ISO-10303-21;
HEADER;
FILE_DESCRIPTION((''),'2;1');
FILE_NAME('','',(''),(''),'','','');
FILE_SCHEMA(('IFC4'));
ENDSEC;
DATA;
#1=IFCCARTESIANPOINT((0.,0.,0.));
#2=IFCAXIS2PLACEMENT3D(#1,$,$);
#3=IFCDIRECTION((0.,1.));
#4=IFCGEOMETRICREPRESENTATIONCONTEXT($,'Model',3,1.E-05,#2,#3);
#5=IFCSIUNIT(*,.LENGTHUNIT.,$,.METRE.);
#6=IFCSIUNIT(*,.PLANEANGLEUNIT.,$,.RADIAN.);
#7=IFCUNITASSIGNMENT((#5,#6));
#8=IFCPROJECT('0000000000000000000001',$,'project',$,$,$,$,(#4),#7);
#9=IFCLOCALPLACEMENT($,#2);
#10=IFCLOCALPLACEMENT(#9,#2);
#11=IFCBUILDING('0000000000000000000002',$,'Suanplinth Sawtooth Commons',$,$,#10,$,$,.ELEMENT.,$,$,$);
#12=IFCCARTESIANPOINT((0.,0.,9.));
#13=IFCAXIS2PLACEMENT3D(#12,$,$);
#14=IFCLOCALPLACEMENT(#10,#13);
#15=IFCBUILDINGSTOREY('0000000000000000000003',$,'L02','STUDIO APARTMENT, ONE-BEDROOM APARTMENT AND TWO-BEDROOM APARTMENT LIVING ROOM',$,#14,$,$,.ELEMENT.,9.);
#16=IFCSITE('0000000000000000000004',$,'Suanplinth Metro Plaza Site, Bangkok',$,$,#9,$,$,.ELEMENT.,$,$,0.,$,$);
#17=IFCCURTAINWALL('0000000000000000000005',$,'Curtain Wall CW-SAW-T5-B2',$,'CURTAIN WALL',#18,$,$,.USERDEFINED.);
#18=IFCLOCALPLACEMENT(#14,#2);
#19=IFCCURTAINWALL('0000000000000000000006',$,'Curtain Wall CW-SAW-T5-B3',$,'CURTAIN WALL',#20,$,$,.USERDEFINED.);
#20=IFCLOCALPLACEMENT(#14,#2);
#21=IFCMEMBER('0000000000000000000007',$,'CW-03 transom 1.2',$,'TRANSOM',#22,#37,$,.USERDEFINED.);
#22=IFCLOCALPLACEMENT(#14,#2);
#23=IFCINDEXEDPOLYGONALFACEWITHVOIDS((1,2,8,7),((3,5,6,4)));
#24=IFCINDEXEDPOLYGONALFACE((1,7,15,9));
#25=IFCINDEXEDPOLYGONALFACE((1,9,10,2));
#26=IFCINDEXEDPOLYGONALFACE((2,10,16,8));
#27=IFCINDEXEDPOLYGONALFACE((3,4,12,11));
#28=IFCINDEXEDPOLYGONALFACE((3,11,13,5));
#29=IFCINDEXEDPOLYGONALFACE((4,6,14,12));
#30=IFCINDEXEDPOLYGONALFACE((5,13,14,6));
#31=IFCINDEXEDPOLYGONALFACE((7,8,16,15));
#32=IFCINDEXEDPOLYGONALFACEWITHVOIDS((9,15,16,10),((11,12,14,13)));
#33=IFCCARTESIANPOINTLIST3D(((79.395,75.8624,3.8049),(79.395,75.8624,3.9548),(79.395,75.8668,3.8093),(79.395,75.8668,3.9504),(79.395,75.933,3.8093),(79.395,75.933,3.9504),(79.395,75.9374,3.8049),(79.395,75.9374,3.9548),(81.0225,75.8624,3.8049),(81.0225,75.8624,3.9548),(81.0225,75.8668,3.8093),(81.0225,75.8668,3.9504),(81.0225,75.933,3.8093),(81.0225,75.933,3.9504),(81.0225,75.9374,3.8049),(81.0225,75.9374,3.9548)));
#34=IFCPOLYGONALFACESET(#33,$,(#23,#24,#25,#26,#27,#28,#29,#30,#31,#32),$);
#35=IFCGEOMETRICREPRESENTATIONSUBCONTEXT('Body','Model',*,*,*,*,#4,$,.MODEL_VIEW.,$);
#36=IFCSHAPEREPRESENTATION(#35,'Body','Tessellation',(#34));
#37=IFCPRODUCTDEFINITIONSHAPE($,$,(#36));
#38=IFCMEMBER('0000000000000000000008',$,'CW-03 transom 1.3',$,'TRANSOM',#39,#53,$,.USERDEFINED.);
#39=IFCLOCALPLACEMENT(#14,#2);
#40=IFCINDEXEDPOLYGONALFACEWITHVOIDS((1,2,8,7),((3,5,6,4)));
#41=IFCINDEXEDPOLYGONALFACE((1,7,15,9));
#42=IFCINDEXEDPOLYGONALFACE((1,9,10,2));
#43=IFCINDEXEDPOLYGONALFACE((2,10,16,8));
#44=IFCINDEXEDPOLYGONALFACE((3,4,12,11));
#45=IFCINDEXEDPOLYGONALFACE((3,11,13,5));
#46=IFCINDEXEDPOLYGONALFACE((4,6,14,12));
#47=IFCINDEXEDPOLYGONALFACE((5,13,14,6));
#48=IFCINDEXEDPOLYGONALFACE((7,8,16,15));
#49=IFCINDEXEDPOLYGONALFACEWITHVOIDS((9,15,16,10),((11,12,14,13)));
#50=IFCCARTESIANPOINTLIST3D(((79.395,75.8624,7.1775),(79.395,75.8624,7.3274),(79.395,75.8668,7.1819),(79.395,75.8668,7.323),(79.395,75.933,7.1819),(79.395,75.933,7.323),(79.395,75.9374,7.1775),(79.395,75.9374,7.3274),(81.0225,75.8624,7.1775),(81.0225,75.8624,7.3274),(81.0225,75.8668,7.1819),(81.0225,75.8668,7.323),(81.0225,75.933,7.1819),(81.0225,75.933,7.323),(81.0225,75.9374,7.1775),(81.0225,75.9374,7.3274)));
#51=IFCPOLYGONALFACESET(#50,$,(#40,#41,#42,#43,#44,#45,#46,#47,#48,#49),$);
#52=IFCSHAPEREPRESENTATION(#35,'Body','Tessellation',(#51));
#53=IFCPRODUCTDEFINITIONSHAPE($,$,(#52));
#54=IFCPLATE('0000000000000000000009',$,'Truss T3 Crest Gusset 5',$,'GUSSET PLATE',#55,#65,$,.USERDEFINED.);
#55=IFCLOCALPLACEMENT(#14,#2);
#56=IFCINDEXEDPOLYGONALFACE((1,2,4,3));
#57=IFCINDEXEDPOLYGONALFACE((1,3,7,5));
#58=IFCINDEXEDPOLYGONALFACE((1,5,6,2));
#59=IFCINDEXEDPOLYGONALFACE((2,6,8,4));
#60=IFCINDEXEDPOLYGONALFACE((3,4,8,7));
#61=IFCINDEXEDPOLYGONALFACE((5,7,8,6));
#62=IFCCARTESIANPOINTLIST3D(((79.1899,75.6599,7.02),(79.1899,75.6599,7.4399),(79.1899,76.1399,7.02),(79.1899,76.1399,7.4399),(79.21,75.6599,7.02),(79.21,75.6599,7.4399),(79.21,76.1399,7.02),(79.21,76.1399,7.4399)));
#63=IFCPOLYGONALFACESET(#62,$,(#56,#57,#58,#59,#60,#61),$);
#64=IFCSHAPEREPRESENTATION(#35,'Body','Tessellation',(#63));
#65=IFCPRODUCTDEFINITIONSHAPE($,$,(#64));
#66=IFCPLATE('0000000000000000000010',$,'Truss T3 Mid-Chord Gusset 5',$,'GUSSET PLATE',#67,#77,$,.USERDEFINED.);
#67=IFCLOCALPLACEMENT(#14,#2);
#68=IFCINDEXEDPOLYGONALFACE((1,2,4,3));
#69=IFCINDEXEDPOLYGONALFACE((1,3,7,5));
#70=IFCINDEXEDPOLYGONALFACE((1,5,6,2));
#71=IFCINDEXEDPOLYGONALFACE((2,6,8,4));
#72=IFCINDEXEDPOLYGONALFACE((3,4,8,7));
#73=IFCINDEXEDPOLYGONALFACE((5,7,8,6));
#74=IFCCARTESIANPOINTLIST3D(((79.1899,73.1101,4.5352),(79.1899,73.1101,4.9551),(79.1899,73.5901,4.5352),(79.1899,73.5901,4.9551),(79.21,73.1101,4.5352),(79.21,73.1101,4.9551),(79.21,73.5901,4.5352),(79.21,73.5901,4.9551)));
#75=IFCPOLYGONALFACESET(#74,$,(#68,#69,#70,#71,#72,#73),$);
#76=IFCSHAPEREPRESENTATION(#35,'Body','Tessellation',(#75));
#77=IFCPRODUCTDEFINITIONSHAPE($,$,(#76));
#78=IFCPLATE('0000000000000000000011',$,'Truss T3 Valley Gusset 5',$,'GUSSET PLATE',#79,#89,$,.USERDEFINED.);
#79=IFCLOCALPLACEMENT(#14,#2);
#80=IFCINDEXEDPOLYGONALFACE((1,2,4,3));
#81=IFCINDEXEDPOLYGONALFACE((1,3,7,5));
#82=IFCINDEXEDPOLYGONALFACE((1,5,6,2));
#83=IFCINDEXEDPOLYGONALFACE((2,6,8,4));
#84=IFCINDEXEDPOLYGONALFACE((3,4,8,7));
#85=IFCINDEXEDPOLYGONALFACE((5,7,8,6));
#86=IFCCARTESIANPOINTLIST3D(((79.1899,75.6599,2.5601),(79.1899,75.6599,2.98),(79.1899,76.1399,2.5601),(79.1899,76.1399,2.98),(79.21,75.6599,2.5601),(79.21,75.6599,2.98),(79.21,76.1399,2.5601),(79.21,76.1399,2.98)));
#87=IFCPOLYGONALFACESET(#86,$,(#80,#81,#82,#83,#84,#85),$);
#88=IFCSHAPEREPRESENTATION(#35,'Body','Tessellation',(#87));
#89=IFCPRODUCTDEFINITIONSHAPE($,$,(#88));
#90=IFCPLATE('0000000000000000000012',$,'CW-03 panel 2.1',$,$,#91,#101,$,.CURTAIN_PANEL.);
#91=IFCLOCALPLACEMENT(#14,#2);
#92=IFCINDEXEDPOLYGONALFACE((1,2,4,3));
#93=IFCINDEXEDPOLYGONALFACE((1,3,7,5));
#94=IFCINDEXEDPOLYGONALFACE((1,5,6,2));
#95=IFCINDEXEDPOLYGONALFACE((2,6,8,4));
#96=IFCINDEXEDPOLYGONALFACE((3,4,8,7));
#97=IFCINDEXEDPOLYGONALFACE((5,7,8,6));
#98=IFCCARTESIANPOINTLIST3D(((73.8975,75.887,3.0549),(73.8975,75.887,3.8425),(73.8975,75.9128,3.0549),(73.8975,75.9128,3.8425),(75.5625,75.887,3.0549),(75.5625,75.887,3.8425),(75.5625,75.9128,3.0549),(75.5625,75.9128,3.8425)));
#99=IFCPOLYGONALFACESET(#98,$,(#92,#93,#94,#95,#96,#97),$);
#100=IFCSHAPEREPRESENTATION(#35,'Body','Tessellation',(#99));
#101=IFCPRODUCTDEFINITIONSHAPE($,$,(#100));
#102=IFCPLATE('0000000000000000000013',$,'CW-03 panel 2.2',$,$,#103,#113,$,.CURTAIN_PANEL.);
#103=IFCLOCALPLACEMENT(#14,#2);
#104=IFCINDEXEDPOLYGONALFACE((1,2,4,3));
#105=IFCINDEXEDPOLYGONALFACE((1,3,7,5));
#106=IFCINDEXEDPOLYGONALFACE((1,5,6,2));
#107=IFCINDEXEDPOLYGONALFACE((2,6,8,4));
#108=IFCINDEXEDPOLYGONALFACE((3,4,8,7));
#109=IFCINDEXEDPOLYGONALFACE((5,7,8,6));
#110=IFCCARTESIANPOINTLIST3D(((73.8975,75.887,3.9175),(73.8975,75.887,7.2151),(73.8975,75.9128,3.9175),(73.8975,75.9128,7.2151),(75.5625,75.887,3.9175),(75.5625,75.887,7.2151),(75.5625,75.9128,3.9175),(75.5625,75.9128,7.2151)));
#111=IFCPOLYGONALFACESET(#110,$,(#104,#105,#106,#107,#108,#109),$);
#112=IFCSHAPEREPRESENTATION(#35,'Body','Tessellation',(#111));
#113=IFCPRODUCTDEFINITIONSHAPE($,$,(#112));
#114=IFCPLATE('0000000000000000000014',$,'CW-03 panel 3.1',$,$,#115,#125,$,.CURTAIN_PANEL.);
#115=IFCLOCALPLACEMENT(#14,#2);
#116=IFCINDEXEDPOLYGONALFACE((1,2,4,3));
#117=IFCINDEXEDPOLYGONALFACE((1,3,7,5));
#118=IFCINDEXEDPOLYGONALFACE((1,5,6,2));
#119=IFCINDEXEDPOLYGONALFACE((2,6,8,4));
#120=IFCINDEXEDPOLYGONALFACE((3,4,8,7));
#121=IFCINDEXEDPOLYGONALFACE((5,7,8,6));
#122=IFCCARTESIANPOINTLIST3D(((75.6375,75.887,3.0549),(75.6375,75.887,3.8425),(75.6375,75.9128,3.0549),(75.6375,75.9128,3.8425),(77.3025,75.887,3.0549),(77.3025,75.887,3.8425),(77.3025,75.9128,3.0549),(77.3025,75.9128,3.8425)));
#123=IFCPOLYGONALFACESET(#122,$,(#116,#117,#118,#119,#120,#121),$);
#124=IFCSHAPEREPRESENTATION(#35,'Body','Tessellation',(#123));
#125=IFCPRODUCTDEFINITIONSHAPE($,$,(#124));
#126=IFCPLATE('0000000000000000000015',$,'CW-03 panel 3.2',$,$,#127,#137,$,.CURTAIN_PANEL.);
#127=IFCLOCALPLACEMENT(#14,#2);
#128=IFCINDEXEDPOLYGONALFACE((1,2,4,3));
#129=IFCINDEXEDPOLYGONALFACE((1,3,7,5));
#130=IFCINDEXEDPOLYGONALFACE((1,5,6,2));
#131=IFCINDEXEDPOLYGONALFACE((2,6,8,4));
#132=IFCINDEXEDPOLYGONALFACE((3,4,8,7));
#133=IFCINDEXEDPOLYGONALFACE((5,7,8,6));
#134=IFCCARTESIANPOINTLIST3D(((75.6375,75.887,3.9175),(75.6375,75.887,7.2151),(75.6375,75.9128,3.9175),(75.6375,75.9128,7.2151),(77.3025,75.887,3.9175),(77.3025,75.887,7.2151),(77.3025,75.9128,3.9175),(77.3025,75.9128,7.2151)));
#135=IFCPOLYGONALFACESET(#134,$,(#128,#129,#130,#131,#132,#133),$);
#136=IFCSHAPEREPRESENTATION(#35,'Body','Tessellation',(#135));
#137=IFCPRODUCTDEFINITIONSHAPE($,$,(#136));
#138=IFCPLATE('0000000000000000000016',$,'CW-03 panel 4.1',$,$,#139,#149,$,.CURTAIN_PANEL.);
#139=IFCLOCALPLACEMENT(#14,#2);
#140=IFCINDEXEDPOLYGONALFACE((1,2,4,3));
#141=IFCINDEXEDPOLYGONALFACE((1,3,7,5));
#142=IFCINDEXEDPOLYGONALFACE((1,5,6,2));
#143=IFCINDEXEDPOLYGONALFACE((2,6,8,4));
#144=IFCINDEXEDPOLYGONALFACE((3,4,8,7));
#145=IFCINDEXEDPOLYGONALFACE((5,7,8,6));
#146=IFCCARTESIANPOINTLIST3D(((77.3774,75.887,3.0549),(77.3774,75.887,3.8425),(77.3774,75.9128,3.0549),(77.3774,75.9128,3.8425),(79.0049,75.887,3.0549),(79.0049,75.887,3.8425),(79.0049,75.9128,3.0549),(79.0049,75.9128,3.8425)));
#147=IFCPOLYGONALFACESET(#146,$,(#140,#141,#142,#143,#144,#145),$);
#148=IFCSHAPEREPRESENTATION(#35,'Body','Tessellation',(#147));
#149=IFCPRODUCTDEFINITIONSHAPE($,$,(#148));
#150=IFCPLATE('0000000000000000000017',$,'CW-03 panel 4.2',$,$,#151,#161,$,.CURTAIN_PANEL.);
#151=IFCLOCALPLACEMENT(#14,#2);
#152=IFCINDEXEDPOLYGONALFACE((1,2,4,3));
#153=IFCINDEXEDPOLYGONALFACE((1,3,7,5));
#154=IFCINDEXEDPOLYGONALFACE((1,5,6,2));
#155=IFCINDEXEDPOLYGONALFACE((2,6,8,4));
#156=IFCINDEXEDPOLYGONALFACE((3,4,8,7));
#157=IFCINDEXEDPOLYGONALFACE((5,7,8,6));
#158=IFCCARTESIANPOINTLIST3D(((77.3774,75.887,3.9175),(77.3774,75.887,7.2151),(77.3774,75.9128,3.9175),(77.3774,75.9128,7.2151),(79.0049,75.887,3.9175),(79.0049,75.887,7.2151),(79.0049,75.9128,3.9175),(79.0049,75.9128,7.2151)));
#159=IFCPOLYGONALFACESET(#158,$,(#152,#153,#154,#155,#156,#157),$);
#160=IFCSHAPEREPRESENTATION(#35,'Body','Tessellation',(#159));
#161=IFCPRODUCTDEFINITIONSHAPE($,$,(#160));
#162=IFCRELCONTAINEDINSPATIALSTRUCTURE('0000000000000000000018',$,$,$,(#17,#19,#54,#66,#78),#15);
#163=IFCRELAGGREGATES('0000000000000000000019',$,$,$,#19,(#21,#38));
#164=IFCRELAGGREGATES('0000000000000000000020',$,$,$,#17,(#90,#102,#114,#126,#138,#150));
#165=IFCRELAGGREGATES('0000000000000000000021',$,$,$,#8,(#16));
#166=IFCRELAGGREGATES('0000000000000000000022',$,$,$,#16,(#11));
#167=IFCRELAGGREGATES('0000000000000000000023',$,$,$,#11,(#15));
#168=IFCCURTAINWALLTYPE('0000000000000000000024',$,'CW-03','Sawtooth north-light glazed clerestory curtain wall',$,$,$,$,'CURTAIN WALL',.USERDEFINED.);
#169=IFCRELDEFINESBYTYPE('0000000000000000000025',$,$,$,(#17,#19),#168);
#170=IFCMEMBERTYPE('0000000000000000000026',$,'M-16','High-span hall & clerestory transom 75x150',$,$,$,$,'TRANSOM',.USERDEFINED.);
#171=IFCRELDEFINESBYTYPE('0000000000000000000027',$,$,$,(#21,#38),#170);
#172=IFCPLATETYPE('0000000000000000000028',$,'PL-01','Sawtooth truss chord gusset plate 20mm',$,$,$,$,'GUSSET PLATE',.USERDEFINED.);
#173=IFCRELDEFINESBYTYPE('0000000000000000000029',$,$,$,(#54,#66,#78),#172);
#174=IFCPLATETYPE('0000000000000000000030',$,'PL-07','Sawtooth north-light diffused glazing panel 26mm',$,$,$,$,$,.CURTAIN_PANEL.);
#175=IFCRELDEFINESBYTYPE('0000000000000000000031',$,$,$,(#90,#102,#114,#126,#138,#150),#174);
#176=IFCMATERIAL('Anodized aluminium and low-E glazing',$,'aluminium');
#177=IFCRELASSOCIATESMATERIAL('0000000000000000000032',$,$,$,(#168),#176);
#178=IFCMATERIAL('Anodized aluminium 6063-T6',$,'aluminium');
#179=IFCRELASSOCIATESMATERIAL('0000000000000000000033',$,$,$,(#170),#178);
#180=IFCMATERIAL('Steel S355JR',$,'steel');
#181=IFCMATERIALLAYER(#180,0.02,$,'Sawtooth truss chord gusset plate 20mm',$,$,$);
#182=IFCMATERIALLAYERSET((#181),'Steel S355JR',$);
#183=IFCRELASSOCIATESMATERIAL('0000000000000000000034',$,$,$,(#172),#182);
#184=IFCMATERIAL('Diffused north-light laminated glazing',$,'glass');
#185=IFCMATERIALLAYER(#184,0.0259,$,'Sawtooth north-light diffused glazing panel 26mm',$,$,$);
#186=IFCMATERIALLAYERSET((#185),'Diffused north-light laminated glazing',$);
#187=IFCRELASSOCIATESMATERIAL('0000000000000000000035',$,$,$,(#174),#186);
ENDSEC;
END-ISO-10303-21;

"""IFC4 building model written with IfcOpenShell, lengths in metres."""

from ifc_helpers import new_model, si_unit, direction, frame, origin, origin_2d, place, context, subcontext, project, spatial, rectangle, hollow_rectangle, extrude, material, layer, layer_set, material_profile, profile_set, type_object, element, aggregate, save


model = new_model("IFC4")

# Units and contexts
model_context = context("Model", 3, precision=1e-05, world=origin(), true_north=direction((0.0, 1.0)))
body_context = subcontext(model_context, "Body", "Model", "MODEL_VIEW")
ifc_project = project(units=[si_unit("LENGTHUNIT", "METRE"), si_unit("PLANEANGLEUNIT", "RADIAN")], contexts=[model_context])

# Site, building, storey
site_placement = place(None, origin())
site = spatial("IfcSite", under=ifc_project, at=site_placement, Name="Suanplinth Metro Plaza Site, Bangkok", CompositionType="ELEMENT", RefElevation=0.0)
building_placement = place(site_placement, origin())
building = spatial("IfcBuilding", under=site, at=building_placement, Name="Suanplinth Sawtooth Commons", CompositionType="ELEMENT")
storey_placement = place(building_placement, frame((0.0, 0.0, 9.0)))
storey = spatial("IfcBuildingStorey", under=building, at=storey_placement, Name="L02", Description="STUDIO APARTMENT, ONE-BEDROOM APARTMENT AND TWO-BEDROOM APARTMENT LIVING ROOM", CompositionType="ELEMENT", Elevation=9.0)

# Shared definitions
ifc_material_1 = material(Name="Steel S355JR", Category="steel")

# Curtain wall
ifc_material_2 = material(Name="Anodized aluminium and low-E glazing", Category="aluminium")
curtain_wall_type = type_object("IfcCurtainWallType", Name="CW-03", Description="Sawtooth north-light glazed clerestory curtain wall", ElementType="CURTAIN WALL", PredefinedType="USERDEFINED", material=ifc_material_2)
curtain_wall_1_placement = place(storey_placement, origin())
curtain_wall_1 = element("IfcCurtainWall", 1, at=curtain_wall_1_placement, inside=storey, type_object=curtain_wall_type, Name="Curtain Wall CW-SAW-T5-B2", ObjectType="CURTAIN WALL", PredefinedType="USERDEFINED")
ifc_material_3 = material(Name="Anodized aluminium 6063-T6", Category="aluminium")

# Curtain wall
curtain_wall_2_placement = place(storey_placement, origin())
curtain_wall_2 = element("IfcCurtainWall", 2, at=curtain_wall_2_placement, inside=storey, type_object=curtain_wall_type, Name="Curtain Wall CW-SAW-T5-B3", ObjectType="CURTAIN WALL", PredefinedType="USERDEFINED")

# Members
ifc_material_profile_1 = material_profile(ifc_material_3, hollow_rectangle(XDim=0.075, YDim=0.1499, WallThickness=0.0044, at=origin_2d()), Name="ALU-TRN 75x150")
ifc_profile_set_1 = profile_set([ifc_material_profile_1], Name="Anodized aluminium 6063-T6")
member_type_1 = type_object("IfcMemberType", Name="M-16", Description="High-span hall & clerestory transom 75x150", ElementType="TRANSOM", PredefinedType="USERDEFINED", material=ifc_profile_set_1)
member_1_placement = place(storey_placement, frame((79.395, 75.8999, 3.8799), z_axis=(1.0, 0.0, 0.0), x_axis=(0.0, 1.0, 0.0)))
member_1 = element("IfcMember", 3, at=member_1_placement, type_object=member_type_1, Name="CW-03 transom 1.2", ObjectType="TRANSOM", PredefinedType="USERDEFINED", context=body_context, shape_type="SweptSolid", body=[
    extrude(hollow_rectangle(XDim=0.075, YDim=0.1499, WallThickness=0.0044, at=origin_2d()), origin(), (0.0, 0.0, 1.0), 1.6274),
])
member_2_placement = place(storey_placement, frame((79.395, 75.8999, 7.2524), z_axis=(1.0, 0.0, 0.0), x_axis=(0.0, 1.0, 0.0)))
member_2 = element("IfcMember", 4, at=member_2_placement, type_object=member_type_1, Name="CW-03 transom 1.3", ObjectType="TRANSOM", PredefinedType="USERDEFINED", context=body_context, shape_type="SweptSolid", body=[
    extrude(hollow_rectangle(XDim=0.075, YDim=0.1499, WallThickness=0.0044, at=origin_2d()), origin(), (0.0, 0.0, 1.0), 1.6274),
])
aggregate(curtain_wall_2, [member_1, member_2])

# Plates
ifc_layer_1 = layer(ifc_material_1, 0.02, Name="Sawtooth truss chord gusset plate 20mm")
ifc_layer_set_1 = layer_set([ifc_layer_1], Name="Steel S355JR")
plate_type_1 = type_object("IfcPlateType", Name="PL-01", Description="Sawtooth truss chord gusset plate 20mm", ElementType="GUSSET PLATE", PredefinedType="USERDEFINED", material=ifc_layer_set_1)
for number, where, z_axis, x_axis, name in (
    (5, (79.2, 75.8999, 7.02), (0.0, 0.0, 1.0), (1.0, 0.0, 0.0), "Truss T3 Crest Gusset 5"),
    (6, (79.2, 73.3501, 4.5352), (0.0, 0.0, 1.0), (1.0, 0.0, 0.0), "Truss T3 Mid-Chord Gusset 5"),
    (7, (79.2, 75.8999, 2.5601), (0.0, 0.0, 1.0), (1.0, 0.0, 0.0), "Truss T3 Valley Gusset 5"),
):
    element("IfcPlate", number, at=place(storey_placement, frame(where, z_axis=z_axis, x_axis=x_axis)), inside=storey, type_object=plate_type_1, Name=name, ObjectType="GUSSET PLATE", PredefinedType="USERDEFINED", context=body_context, shape_type="SweptSolid", body=[
        extrude(rectangle(XDim=0.02, YDim=0.48, at=origin_2d()), origin(), (0.0, 0.0, 1.0), 0.4199),
    ])

# Plates
ifc_material_4 = material(Name="Diffused north-light laminated glazing", Category="glass")
ifc_layer_2 = layer(ifc_material_4, 0.0259, Name="Sawtooth north-light diffused glazing panel 26mm")
ifc_layer_set_2 = layer_set([ifc_layer_2], Name="Diffused north-light laminated glazing")
plate_type_2 = type_object("IfcPlateType", Name="PL-07", Description="Sawtooth north-light diffused glazing panel 26mm", PredefinedType="CURTAIN_PANEL", material=ifc_layer_set_2)
plate_1_placement = place(storey_placement, frame((74.73, 75.8999, 3.0549), z_axis=(0.0, 0.0, 1.0), x_axis=(1.0, 0.0, 0.0)))
plate_1 = element("IfcPlate", 8, at=plate_1_placement, type_object=plate_type_2, Name="CW-03 panel 2.1", PredefinedType="CURTAIN_PANEL", context=body_context, shape_type="SweptSolid", body=[
    extrude(rectangle(XDim=1.665, YDim=0.0259, at=origin_2d()), origin(), (0.0, 0.0, 1.0), 0.7876),
])
plate_2_placement = place(storey_placement, frame((74.73, 75.8999, 3.9175), z_axis=(0.0, 0.0, 1.0), x_axis=(1.0, 0.0, 0.0)))
plate_2 = element("IfcPlate", 9, at=plate_2_placement, type_object=plate_type_2, Name="CW-03 panel 2.2", PredefinedType="CURTAIN_PANEL", context=body_context, shape_type="SweptSolid", body=[
    extrude(rectangle(XDim=1.665, YDim=0.0259, at=origin_2d()), origin(), (0.0, 0.0, 1.0), 3.2976),
])
plate_3_placement = place(storey_placement, frame((76.47, 75.8999, 3.0549), z_axis=(0.0, 0.0, 1.0), x_axis=(1.0, 0.0, 0.0)))
plate_3 = element("IfcPlate", 10, at=plate_3_placement, type_object=plate_type_2, Name="CW-03 panel 3.1", PredefinedType="CURTAIN_PANEL", context=body_context, shape_type="SweptSolid", body=[
    extrude(rectangle(XDim=1.665, YDim=0.0259, at=origin_2d()), origin(), (0.0, 0.0, 1.0), 0.7876),
])
plate_4_placement = place(storey_placement, frame((76.47, 75.8999, 3.9175), z_axis=(0.0, 0.0, 1.0), x_axis=(1.0, 0.0, 0.0)))
plate_4 = element("IfcPlate", 11, at=plate_4_placement, type_object=plate_type_2, Name="CW-03 panel 3.2", PredefinedType="CURTAIN_PANEL", context=body_context, shape_type="SweptSolid", body=[
    extrude(rectangle(XDim=1.665, YDim=0.0259, at=origin_2d()), origin(), (0.0, 0.0, 1.0), 3.2976),
])
plate_5_placement = place(storey_placement, frame((78.1912, 75.8999, 3.0549), z_axis=(0.0, 0.0, 1.0), x_axis=(1.0, 0.0, 0.0)))
plate_5 = element("IfcPlate", 12, at=plate_5_placement, type_object=plate_type_2, Name="CW-03 panel 4.1", PredefinedType="CURTAIN_PANEL", context=body_context, shape_type="SweptSolid", body=[
    extrude(rectangle(XDim=1.6274, YDim=0.0259, at=origin_2d()), origin(), (0.0, 0.0, 1.0), 0.7876),
])
plate_6_placement = place(storey_placement, frame((78.1912, 75.8999, 3.9175), z_axis=(0.0, 0.0, 1.0), x_axis=(1.0, 0.0, 0.0)))
plate_6 = element("IfcPlate", 13, at=plate_6_placement, type_object=plate_type_2, Name="CW-03 panel 4.2", PredefinedType="CURTAIN_PANEL", context=body_context, shape_type="SweptSolid", body=[
    extrude(rectangle(XDim=1.6274, YDim=0.0259, at=origin_2d()), origin(), (0.0, 0.0, 1.0), 3.2976),
])
aggregate(curtain_wall_1, [plate_1, plate_2, plate_3, plate_4, plate_5, plate_6])

save(model, "model.ifc")
